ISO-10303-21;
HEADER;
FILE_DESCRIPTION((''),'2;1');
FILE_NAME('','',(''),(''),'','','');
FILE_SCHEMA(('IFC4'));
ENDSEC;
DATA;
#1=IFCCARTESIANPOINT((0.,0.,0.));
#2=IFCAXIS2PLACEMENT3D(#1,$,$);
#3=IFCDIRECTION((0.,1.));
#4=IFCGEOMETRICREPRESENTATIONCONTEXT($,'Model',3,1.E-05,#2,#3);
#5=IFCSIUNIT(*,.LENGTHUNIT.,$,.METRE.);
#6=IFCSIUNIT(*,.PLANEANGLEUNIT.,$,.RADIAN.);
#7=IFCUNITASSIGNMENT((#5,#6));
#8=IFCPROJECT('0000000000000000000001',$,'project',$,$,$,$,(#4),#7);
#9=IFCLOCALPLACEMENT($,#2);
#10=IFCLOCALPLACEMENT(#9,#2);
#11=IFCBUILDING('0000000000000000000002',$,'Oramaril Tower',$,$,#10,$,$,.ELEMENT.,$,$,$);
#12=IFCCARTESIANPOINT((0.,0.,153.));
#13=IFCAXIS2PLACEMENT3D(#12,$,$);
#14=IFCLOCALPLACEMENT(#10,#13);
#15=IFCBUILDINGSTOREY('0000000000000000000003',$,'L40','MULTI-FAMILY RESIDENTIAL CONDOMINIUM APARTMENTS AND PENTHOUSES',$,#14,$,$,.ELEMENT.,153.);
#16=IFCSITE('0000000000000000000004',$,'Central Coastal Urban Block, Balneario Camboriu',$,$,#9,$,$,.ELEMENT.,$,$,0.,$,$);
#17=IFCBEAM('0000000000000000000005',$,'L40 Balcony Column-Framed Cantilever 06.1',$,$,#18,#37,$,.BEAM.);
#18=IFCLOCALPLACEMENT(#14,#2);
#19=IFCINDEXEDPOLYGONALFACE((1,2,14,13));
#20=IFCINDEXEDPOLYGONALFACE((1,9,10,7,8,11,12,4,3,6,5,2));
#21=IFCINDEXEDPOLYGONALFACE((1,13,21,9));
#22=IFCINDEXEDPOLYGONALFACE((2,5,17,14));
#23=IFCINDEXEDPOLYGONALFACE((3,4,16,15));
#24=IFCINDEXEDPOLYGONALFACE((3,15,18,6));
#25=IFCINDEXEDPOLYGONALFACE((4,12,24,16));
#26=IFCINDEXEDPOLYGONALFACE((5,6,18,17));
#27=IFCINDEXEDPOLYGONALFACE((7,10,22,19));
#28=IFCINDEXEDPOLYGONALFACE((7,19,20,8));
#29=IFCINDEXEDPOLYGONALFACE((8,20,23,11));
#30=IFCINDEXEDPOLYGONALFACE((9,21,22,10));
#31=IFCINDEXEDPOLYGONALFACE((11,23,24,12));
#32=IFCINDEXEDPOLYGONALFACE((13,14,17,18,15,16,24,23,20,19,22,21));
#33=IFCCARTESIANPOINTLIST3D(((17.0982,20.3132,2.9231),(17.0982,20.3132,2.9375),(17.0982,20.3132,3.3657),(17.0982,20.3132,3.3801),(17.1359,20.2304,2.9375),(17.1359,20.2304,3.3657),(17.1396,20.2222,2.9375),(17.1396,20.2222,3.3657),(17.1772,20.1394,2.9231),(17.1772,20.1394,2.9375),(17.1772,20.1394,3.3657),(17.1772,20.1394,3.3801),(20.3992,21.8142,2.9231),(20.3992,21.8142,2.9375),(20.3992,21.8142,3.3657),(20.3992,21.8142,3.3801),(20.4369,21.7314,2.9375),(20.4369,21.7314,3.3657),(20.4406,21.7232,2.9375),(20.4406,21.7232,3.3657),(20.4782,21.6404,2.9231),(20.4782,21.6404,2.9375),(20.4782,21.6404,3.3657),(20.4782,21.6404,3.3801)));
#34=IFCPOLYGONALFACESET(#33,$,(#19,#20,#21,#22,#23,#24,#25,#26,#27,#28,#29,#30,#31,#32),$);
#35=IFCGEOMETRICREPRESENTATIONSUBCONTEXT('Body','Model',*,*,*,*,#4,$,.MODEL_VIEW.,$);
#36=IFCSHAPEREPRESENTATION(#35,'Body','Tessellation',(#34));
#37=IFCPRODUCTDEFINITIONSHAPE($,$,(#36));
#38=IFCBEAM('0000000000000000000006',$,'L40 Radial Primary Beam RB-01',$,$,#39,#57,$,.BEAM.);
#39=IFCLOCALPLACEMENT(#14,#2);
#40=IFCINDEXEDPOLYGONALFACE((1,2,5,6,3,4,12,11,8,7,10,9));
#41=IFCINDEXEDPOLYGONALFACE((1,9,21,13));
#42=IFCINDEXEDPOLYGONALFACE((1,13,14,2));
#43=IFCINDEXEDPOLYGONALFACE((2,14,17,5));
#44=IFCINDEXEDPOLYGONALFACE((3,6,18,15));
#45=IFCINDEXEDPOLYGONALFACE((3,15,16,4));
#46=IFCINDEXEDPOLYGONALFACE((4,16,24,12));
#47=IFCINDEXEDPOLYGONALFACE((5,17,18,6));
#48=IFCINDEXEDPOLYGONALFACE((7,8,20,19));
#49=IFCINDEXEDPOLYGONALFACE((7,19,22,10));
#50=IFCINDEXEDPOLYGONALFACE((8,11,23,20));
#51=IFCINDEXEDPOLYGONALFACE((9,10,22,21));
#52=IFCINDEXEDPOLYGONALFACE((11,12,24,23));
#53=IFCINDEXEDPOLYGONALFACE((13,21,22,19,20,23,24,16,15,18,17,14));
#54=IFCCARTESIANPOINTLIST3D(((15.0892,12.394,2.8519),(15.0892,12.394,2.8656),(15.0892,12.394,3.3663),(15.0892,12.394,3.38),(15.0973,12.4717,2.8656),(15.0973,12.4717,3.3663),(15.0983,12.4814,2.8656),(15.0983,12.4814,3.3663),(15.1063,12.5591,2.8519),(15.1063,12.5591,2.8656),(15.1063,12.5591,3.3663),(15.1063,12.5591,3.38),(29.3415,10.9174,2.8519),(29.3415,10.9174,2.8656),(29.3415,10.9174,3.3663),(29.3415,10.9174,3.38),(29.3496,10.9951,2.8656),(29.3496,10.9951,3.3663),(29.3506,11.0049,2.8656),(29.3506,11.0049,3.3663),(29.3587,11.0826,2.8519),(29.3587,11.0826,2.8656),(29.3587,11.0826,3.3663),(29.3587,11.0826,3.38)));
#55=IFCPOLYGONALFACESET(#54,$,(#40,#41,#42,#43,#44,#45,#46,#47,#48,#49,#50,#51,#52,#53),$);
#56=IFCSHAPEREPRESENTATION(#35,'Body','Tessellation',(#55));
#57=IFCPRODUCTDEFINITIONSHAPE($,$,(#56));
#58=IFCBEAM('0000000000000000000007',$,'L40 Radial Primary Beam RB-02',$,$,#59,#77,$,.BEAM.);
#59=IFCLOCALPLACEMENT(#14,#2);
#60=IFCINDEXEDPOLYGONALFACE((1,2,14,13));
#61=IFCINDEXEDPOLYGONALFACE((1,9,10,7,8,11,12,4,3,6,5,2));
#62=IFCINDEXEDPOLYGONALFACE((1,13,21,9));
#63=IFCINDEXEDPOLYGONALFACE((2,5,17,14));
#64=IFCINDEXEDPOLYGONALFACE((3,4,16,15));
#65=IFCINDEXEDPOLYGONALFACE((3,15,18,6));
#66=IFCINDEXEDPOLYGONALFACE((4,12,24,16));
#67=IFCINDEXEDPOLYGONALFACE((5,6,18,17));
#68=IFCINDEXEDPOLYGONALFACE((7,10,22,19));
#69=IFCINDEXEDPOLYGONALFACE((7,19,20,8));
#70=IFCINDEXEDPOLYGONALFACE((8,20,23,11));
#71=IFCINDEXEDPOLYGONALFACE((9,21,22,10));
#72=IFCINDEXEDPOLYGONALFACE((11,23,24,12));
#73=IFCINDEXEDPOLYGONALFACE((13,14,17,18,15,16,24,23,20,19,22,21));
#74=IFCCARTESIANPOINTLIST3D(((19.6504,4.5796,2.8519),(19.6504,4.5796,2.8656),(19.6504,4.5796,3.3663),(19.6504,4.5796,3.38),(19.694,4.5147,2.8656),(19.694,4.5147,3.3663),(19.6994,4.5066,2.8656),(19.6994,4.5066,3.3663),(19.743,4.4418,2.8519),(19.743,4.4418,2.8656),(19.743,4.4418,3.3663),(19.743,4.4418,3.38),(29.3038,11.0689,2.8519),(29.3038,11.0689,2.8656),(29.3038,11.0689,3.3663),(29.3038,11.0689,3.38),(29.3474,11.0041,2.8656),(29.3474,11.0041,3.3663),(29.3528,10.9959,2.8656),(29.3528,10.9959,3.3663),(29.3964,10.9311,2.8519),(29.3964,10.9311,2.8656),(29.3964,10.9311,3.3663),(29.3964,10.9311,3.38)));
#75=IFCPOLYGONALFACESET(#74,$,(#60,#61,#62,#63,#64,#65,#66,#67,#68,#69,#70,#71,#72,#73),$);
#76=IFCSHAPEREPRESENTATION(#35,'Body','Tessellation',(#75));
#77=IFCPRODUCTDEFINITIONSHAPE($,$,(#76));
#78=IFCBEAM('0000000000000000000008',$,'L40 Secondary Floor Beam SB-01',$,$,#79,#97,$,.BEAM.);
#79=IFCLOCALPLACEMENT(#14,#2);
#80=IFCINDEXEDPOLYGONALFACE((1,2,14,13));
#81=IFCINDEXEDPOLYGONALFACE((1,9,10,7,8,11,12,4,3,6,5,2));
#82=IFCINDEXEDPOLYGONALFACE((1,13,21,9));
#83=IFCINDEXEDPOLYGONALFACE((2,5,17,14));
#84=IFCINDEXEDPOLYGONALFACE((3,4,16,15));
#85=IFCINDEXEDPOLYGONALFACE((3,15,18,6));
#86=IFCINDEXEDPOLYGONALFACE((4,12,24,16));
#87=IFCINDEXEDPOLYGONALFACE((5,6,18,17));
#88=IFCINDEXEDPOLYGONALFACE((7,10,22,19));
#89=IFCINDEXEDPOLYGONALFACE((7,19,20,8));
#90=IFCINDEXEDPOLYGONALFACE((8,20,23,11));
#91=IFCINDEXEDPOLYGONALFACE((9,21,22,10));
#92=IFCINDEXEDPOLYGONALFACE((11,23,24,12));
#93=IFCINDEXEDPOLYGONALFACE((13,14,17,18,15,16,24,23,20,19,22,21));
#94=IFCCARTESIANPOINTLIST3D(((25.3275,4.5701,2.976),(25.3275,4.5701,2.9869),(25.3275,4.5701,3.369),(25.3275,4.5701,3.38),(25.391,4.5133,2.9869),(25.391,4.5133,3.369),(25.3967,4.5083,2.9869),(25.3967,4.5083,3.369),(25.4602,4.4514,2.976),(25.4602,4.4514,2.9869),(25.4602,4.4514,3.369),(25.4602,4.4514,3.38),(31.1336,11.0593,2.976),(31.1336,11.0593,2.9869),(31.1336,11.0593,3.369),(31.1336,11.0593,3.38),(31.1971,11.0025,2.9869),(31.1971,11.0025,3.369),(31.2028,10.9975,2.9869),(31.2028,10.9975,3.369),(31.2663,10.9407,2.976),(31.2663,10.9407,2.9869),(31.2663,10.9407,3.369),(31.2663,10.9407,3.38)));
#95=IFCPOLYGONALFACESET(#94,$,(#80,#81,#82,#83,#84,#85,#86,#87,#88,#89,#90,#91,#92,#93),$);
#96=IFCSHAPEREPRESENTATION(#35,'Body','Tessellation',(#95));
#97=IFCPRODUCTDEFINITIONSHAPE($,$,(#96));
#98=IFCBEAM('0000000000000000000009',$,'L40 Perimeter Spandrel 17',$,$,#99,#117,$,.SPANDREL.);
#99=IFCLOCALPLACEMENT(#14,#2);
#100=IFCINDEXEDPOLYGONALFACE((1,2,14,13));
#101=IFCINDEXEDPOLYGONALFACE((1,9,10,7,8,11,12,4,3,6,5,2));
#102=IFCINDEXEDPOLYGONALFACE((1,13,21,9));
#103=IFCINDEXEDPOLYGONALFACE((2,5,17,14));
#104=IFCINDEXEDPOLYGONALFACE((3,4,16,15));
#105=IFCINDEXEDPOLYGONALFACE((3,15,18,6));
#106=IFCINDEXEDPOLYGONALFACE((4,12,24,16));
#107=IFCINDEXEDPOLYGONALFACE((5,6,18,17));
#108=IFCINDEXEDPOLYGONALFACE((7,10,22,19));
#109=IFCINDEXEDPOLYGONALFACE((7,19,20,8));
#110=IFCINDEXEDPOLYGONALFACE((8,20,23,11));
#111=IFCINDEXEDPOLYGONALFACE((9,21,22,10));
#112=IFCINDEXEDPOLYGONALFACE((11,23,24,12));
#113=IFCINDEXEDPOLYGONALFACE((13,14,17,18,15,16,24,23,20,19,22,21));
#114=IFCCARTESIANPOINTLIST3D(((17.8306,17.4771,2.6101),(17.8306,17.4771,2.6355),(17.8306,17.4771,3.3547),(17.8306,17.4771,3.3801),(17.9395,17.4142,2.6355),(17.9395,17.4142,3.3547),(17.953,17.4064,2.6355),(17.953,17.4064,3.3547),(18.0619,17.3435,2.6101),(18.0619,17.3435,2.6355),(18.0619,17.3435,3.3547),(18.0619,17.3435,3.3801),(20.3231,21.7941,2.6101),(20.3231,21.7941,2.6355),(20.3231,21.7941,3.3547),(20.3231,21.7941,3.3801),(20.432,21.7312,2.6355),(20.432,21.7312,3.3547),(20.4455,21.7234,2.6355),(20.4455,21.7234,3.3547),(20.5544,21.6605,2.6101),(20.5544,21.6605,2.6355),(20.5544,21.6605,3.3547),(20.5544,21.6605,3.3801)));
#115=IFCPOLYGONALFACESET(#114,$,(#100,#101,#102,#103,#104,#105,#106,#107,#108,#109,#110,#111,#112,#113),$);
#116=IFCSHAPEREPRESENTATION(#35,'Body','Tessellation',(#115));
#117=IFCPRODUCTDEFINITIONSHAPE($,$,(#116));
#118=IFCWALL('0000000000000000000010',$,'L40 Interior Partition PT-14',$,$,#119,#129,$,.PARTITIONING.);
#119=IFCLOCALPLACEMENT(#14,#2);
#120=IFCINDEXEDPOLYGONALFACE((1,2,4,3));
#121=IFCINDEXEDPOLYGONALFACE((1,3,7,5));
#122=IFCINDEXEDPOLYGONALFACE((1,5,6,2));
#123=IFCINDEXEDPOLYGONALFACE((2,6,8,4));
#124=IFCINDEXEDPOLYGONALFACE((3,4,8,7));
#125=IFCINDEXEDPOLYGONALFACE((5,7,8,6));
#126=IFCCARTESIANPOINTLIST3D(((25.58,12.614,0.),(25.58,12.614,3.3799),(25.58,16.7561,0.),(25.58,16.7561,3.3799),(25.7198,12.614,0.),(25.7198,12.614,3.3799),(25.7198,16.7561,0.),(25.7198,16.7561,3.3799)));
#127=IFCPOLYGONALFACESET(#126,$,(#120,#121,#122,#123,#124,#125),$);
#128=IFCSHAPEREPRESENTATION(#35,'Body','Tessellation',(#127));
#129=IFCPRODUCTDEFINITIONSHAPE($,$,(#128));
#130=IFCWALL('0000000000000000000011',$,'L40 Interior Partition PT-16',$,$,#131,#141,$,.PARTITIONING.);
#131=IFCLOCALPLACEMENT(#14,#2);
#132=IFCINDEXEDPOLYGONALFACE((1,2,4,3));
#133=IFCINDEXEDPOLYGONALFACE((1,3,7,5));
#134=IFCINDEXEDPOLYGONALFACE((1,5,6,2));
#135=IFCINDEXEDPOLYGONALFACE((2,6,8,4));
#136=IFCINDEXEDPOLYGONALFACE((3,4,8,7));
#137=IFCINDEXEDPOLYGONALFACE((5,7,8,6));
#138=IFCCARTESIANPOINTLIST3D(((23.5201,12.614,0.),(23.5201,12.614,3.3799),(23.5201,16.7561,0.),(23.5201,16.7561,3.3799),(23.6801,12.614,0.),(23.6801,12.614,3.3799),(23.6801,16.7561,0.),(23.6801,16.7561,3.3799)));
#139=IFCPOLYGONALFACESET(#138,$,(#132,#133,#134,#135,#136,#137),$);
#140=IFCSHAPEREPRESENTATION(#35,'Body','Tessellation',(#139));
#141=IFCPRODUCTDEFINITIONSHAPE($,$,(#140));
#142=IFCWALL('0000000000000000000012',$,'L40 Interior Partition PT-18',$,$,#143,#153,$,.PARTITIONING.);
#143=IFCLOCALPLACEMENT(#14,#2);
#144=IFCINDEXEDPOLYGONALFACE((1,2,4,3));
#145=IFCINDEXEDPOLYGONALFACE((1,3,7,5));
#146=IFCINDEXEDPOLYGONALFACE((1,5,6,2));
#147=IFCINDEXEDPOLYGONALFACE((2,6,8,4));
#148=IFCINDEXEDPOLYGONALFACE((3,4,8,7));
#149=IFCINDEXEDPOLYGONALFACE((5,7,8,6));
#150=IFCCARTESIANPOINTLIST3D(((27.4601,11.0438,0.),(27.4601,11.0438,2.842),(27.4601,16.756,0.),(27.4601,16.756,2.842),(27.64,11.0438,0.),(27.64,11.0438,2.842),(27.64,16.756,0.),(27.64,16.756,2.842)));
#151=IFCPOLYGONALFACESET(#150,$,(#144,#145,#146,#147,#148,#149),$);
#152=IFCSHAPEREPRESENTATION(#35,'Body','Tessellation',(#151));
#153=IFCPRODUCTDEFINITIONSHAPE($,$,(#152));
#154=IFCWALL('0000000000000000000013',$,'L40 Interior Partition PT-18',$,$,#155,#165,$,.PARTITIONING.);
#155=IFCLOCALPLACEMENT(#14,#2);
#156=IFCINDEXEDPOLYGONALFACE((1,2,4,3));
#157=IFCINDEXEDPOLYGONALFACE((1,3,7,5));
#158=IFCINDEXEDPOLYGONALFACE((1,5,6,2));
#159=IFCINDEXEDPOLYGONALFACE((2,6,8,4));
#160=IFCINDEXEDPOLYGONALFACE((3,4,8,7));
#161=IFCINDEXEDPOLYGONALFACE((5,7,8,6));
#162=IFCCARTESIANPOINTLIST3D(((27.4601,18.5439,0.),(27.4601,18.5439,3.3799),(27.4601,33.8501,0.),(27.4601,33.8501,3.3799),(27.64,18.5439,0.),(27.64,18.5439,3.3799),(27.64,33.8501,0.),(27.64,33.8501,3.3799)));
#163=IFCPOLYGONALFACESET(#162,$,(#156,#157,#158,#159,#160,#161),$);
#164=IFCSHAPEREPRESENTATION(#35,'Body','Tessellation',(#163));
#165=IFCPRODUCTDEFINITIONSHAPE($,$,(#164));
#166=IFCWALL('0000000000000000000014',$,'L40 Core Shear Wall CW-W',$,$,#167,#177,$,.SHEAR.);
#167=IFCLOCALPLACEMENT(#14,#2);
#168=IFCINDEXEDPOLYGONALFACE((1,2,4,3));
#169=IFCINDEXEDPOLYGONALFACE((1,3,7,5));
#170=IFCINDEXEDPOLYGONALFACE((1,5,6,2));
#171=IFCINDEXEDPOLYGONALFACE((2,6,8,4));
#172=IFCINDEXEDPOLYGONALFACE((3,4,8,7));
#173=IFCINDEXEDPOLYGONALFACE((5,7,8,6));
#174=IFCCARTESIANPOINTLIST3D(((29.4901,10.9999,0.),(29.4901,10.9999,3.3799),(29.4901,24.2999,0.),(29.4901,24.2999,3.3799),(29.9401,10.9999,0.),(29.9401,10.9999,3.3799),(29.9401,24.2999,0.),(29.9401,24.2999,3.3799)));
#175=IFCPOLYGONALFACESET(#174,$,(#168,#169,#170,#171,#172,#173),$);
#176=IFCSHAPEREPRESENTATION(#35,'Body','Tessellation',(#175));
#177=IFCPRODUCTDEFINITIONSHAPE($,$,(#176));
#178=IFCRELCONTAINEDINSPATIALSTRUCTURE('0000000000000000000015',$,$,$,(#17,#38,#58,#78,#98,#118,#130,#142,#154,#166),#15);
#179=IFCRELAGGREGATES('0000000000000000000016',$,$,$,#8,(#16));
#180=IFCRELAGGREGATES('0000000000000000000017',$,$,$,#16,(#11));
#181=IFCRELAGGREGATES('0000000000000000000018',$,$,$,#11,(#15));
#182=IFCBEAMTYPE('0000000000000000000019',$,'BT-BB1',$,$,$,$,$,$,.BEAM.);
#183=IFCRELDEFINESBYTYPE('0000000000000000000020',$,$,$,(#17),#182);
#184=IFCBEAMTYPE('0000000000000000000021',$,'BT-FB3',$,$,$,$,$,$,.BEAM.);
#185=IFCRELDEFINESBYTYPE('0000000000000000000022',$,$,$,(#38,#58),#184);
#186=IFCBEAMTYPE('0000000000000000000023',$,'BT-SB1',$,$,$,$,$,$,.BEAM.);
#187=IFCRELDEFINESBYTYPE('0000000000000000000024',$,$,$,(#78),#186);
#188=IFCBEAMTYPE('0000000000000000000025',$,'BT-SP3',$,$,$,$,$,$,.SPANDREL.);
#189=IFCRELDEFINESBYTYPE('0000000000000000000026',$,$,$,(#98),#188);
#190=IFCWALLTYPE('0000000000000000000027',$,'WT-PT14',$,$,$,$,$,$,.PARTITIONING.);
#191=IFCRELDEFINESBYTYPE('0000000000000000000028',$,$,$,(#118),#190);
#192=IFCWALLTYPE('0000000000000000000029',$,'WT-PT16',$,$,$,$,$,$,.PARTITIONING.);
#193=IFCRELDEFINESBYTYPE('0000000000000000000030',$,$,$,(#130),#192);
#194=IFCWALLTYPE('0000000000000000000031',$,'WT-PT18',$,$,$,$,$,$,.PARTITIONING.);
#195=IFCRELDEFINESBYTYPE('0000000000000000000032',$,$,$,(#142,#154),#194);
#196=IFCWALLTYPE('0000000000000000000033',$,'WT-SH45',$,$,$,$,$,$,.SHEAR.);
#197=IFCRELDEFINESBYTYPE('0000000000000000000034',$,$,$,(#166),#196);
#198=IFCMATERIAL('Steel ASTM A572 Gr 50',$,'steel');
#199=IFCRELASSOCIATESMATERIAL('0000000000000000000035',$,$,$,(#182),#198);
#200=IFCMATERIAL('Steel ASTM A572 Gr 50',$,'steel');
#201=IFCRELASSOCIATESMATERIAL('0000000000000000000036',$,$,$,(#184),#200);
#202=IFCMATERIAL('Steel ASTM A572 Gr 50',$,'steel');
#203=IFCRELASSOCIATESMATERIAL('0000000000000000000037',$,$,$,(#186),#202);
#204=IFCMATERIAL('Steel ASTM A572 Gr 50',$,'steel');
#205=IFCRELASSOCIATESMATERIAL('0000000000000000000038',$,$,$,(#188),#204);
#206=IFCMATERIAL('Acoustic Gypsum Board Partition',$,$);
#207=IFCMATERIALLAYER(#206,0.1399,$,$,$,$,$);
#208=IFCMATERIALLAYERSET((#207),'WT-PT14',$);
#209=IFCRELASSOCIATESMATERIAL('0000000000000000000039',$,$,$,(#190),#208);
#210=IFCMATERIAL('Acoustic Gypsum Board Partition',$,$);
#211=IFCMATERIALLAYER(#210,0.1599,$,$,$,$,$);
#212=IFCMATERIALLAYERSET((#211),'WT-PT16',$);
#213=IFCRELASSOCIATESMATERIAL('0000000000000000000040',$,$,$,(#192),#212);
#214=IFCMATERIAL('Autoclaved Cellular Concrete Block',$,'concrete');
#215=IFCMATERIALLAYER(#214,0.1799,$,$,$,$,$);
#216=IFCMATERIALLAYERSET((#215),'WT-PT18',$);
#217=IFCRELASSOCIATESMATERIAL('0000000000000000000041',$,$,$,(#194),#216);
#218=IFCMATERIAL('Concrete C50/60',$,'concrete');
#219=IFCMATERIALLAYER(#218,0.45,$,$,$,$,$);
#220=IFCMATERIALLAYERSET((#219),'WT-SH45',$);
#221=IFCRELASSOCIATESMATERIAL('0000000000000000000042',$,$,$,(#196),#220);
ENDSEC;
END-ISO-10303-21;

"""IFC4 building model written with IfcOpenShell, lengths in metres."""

from ifc_helpers import new_model, si_unit, direction, frame, frame_2d, origin, origin_2d, place, context, subcontext, project, spatial, rectangle, i_section, extrude, material, layer, layer_set, material_profile, profile_set, type_object, element, save


model = new_model("IFC4")

# Units and contexts
model_context = context("Model", 3, precision=1e-05, world=origin(), true_north=direction((0.0, 1.0)))
body_context = subcontext(model_context, "Body", "Model", "MODEL_VIEW")
ifc_project = project(units=[si_unit("LENGTHUNIT", "METRE"), si_unit("PLANEANGLEUNIT", "RADIAN")], contexts=[model_context])

# Site, building, storey
site_placement = place(None, origin())
site = spatial("IfcSite", under=ifc_project, at=site_placement, Name="Central Coastal Urban Block, Balneario Camboriu", CompositionType="ELEMENT", RefElevation=0.0)
building_placement = place(site_placement, origin())
building = spatial("IfcBuilding", under=site, at=building_placement, Name="Oramaril Tower", CompositionType="ELEMENT")
storey_placement = place(building_placement, frame((0.0, 0.0, 153.0)))
storey = spatial("IfcBuildingStorey", under=building, at=storey_placement, Name="L40", Description="MULTI-FAMILY RESIDENTIAL CONDOMINIUM APARTMENTS AND PENTHOUSES", CompositionType="ELEMENT", Elevation=153.0)

# Beams
ifc_material_1 = material(Name="Steel ASTM A572 Gr 50", Category="steel")
ifc_material_profile_1 = material_profile(ifc_material_1, i_section(OverallWidth=0.1909, OverallDepth=0.457, WebThickness=0.009, FlangeThickness=0.0144, at=origin_2d()), Name="W18X50")
ifc_profile_set_1 = profile_set([ifc_material_profile_1], Name="Steel ASTM A572 Gr 50")
beam_type_1 = type_object("IfcBeamType", Name="BT-BB1", PredefinedType="BEAM", material=ifc_profile_set_1)
beam_1_placement = place(storey_placement, frame((20.4387, 21.7273, 3.1516), z_axis=(-0.910313, -0.41392, 0.0), x_axis=(0.41392, -0.910313, 0.0)))
element("IfcBeam", 1, at=beam_1_placement, inside=storey, type_object=beam_type_1, Name="L40 Balcony Column-Framed Cantilever 06.1", PredefinedType="BEAM", context=body_context, shape_type="SweptSolid", body=[
    extrude(i_section(OverallWidth=0.1909, OverallDepth=0.457, WebThickness=0.009, FlangeThickness=0.0144, at=origin_2d()), origin(), (0.0, 0.0, 1.0), 3.6262),
])
ifc_material_2 = material(Name="Steel ASTM A572 Gr 50", Category="steel")
ifc_material_profile_2 = material_profile(ifc_material_2, i_section(OverallWidth=0.166, OverallDepth=0.5281, WebThickness=0.0098, FlangeThickness=0.0137, at=origin_2d()), Name="W21X50")
ifc_profile_set_2 = profile_set([ifc_material_profile_2], Name="Steel ASTM A572 Gr 50")
beam_type_2 = type_object("IfcBeamType", Name="BT-FB3", PredefinedType="BEAM", material=ifc_profile_set_2)
beam_2_placement = place(storey_placement, frame((29.3501, 11.0, 3.116), z_axis=(-0.994676, 0.103049, 0.0), x_axis=(-0.103049, -0.994676, 0.0)))
element("IfcBeam", 2, at=beam_2_placement, inside=storey, type_object=beam_type_2, Name="L40 Radial Primary Beam RB-01", PredefinedType="BEAM", context=body_context, shape_type="SweptSolid", body=[
    extrude(i_section(OverallWidth=0.166, OverallDepth=0.5281, WebThickness=0.0098, FlangeThickness=0.0137, at=origin_2d()), origin(), (0.0, 0.0, 1.0), 14.3286),
])
beam_3_placement = place(storey_placement, frame((29.3501, 11.0, 3.116), z_axis=(-0.829913, -0.557893, 0.0), x_axis=(0.557893, -0.829913, 0.0)))
element("IfcBeam", 3, at=beam_3_placement, inside=storey, type_object=beam_type_2, Name="L40 Radial Primary Beam RB-02", PredefinedType="BEAM", context=body_context, shape_type="SweptSolid", body=[
    extrude(i_section(OverallWidth=0.166, OverallDepth=0.5281, WebThickness=0.0098, FlangeThickness=0.0137, at=origin_2d()), origin(), (0.0, 0.0, 1.0), 11.6318),
])
ifc_material_3 = material(Name="Steel ASTM A572 Gr 50", Category="steel")
ifc_material_profile_3 = material_profile(ifc_material_3, i_section(OverallWidth=0.178, OverallDepth=0.4041, WebThickness=0.0076, FlangeThickness=0.011, at=origin_2d()), Name="W16X36")
ifc_profile_set_3 = profile_set([ifc_material_profile_3], Name="Steel ASTM A572 Gr 50")
beam_type_3 = type_object("IfcBeamType", Name="BT-SB1", PredefinedType="BEAM", material=ifc_profile_set_3)
beam_4_placement = place(storey_placement, frame((31.2, 11.0, 3.178), z_axis=(-0.666793, -0.745243, 0.0), x_axis=(0.745243, -0.666793, 0.0)))
element("IfcBeam", 4, at=beam_4_placement, inside=storey, type_object=beam_type_3, Name="L40 Secondary Floor Beam SB-01", PredefinedType="BEAM", context=body_context, shape_type="SweptSolid", body=[
    extrude(i_section(OverallWidth=0.178, OverallDepth=0.4041, WebThickness=0.0076, FlangeThickness=0.011, at=origin_2d()), origin(), (0.0, 0.0, 1.0), 8.7075),
])
ifc_material_4 = material(Name="Steel ASTM A572 Gr 50", Category="steel")
ifc_material_profile_4 = material_profile(ifc_material_4, i_section(OverallWidth=0.2671, OverallDepth=0.77, WebThickness=0.0156, FlangeThickness=0.0254, at=origin_2d()), Name="W30X132")
ifc_profile_set_4 = profile_set([ifc_material_profile_4], Name="Steel ASTM A572 Gr 50")
beam_type_4 = type_object("IfcBeamType", Name="BT-SP3", PredefinedType="SPANDREL", material=ifc_profile_set_4)
beam_5_placement = place(storey_placement, frame((20.4387, 21.7273, 2.9951), z_axis=(-0.500011, -0.866019, 0.0), x_axis=(0.866019, -0.500011, 0.0)))
element("IfcBeam", 5, at=beam_5_placement, inside=storey, type_object=beam_type_4, Name="L40 Perimeter Spandrel 17", PredefinedType="SPANDREL", context=body_context, shape_type="SweptSolid", body=[
    extrude(i_section(OverallWidth=0.2671, OverallDepth=0.77, WebThickness=0.0156, FlangeThickness=0.0254, at=origin_2d()), origin(), (0.0, 0.0, 1.0), 4.9849),
])

# Walls
ifc_material_5 = material(Name="Acoustic Gypsum Board Partition")
ifc_layer_1 = layer(ifc_material_5, 0.1399)
ifc_layer_set_1 = layer_set([ifc_layer_1], Name="WT-PT14")
wall_type_1 = type_object("IfcWallType", Name="WT-PT14", PredefinedType="PARTITIONING", material=ifc_layer_set_1)
wall_1_placement = place(storey_placement, frame((25.6499, 12.614, 0.0), z_axis=(0.0, 0.0, 1.0), x_axis=(0.0, 1.0, 0.0)))
element("IfcWall", 6, at=wall_1_placement, inside=storey, type_object=wall_type_1, Name="L40 Interior Partition PT-14", PredefinedType="PARTITIONING", context=body_context, shape_type="SweptSolid", body=[
    extrude(rectangle(XDim=4.1421, YDim=0.1399, at=frame_2d((2.071, 0.0))), origin(), (0.0, 0.0, 1.0), 3.3799),
])
ifc_material_6 = material(Name="Acoustic Gypsum Board Partition")
ifc_layer_2 = layer(ifc_material_6, 0.1599)
ifc_layer_set_2 = layer_set([ifc_layer_2], Name="WT-PT16")
wall_type_2 = type_object("IfcWallType", Name="WT-PT16", PredefinedType="PARTITIONING", material=ifc_layer_set_2)
wall_2_placement = place(storey_placement, frame((23.6001, 12.614, 0.0), z_axis=(0.0, 0.0, 1.0), x_axis=(0.0, 1.0, 0.0)))
element("IfcWall", 7, at=wall_2_placement, inside=storey, type_object=wall_type_2, Name="L40 Interior Partition PT-16", PredefinedType="PARTITIONING", context=body_context, shape_type="SweptSolid", body=[
    extrude(rectangle(XDim=4.1421, YDim=0.1599, at=frame_2d((2.071, 0.0))), origin(), (0.0, 0.0, 1.0), 3.3799),
])
ifc_material_7 = material(Name="Autoclaved Cellular Concrete Block", Category="concrete")
ifc_layer_3 = layer(ifc_material_7, 0.1799)
ifc_layer_set_3 = layer_set([ifc_layer_3], Name="WT-PT18")
wall_type_3 = type_object("IfcWallType", Name="WT-PT18", PredefinedType="PARTITIONING", material=ifc_layer_set_3)
wall_3_placement = place(storey_placement, frame((27.55, 11.0439, 0.0), z_axis=(0.0, 0.0, 1.0), x_axis=(0.0, 1.0, 0.0)))
element("IfcWall", 8, at=wall_3_placement, inside=storey, type_object=wall_type_3, Name="L40 Interior Partition PT-18", PredefinedType="PARTITIONING", context=body_context, shape_type="SweptSolid", body=[
    extrude(rectangle(XDim=5.7122, YDim=0.1799, at=frame_2d((2.856, 0.0))), origin(), (0.0, 0.0, 1.0), 2.842),
])
wall_4_placement = place(storey_placement, frame((27.55, 18.5439, 0.0), z_axis=(0.0, 0.0, 1.0), x_axis=(0.0, 1.0, 0.0)))
element("IfcWall", 9, at=wall_4_placement, inside=storey, type_object=wall_type_3, Name="L40 Interior Partition PT-18", PredefinedType="PARTITIONING", context=body_context, shape_type="SweptSolid", body=[
    extrude(rectangle(XDim=15.3062, YDim=0.1799, at=frame_2d((7.6531, 0.0))), origin(), (0.0, 0.0, 1.0), 3.3799),
])

# Wall
ifc_material_8 = material(Name="Concrete C50/60", Category="concrete")
ifc_layer_4 = layer(ifc_material_8, 0.45)
ifc_layer_set_4 = layer_set([ifc_layer_4], Name="WT-SH45")
wall_type_4 = type_object("IfcWallType", Name="WT-SH45", PredefinedType="SHEAR", material=ifc_layer_set_4)
wall_5_placement = place(storey_placement, frame((29.7151, 11.0, 0.0), z_axis=(0.0, 0.0, 1.0), x_axis=(0.0, 1.0, 0.0)))
element("IfcWall", 10, at=wall_5_placement, inside=storey, type_object=wall_type_4, Name="L40 Core Shear Wall CW-W", PredefinedType="SHEAR", context=body_context, shape_type="SweptSolid", body=[
    extrude(rectangle(XDim=13.3, YDim=0.45, at=frame_2d((6.6499, 0.0))), origin(), (0.0, 0.0, 1.0), 3.3799),
])

save(model, "model.ifc")
